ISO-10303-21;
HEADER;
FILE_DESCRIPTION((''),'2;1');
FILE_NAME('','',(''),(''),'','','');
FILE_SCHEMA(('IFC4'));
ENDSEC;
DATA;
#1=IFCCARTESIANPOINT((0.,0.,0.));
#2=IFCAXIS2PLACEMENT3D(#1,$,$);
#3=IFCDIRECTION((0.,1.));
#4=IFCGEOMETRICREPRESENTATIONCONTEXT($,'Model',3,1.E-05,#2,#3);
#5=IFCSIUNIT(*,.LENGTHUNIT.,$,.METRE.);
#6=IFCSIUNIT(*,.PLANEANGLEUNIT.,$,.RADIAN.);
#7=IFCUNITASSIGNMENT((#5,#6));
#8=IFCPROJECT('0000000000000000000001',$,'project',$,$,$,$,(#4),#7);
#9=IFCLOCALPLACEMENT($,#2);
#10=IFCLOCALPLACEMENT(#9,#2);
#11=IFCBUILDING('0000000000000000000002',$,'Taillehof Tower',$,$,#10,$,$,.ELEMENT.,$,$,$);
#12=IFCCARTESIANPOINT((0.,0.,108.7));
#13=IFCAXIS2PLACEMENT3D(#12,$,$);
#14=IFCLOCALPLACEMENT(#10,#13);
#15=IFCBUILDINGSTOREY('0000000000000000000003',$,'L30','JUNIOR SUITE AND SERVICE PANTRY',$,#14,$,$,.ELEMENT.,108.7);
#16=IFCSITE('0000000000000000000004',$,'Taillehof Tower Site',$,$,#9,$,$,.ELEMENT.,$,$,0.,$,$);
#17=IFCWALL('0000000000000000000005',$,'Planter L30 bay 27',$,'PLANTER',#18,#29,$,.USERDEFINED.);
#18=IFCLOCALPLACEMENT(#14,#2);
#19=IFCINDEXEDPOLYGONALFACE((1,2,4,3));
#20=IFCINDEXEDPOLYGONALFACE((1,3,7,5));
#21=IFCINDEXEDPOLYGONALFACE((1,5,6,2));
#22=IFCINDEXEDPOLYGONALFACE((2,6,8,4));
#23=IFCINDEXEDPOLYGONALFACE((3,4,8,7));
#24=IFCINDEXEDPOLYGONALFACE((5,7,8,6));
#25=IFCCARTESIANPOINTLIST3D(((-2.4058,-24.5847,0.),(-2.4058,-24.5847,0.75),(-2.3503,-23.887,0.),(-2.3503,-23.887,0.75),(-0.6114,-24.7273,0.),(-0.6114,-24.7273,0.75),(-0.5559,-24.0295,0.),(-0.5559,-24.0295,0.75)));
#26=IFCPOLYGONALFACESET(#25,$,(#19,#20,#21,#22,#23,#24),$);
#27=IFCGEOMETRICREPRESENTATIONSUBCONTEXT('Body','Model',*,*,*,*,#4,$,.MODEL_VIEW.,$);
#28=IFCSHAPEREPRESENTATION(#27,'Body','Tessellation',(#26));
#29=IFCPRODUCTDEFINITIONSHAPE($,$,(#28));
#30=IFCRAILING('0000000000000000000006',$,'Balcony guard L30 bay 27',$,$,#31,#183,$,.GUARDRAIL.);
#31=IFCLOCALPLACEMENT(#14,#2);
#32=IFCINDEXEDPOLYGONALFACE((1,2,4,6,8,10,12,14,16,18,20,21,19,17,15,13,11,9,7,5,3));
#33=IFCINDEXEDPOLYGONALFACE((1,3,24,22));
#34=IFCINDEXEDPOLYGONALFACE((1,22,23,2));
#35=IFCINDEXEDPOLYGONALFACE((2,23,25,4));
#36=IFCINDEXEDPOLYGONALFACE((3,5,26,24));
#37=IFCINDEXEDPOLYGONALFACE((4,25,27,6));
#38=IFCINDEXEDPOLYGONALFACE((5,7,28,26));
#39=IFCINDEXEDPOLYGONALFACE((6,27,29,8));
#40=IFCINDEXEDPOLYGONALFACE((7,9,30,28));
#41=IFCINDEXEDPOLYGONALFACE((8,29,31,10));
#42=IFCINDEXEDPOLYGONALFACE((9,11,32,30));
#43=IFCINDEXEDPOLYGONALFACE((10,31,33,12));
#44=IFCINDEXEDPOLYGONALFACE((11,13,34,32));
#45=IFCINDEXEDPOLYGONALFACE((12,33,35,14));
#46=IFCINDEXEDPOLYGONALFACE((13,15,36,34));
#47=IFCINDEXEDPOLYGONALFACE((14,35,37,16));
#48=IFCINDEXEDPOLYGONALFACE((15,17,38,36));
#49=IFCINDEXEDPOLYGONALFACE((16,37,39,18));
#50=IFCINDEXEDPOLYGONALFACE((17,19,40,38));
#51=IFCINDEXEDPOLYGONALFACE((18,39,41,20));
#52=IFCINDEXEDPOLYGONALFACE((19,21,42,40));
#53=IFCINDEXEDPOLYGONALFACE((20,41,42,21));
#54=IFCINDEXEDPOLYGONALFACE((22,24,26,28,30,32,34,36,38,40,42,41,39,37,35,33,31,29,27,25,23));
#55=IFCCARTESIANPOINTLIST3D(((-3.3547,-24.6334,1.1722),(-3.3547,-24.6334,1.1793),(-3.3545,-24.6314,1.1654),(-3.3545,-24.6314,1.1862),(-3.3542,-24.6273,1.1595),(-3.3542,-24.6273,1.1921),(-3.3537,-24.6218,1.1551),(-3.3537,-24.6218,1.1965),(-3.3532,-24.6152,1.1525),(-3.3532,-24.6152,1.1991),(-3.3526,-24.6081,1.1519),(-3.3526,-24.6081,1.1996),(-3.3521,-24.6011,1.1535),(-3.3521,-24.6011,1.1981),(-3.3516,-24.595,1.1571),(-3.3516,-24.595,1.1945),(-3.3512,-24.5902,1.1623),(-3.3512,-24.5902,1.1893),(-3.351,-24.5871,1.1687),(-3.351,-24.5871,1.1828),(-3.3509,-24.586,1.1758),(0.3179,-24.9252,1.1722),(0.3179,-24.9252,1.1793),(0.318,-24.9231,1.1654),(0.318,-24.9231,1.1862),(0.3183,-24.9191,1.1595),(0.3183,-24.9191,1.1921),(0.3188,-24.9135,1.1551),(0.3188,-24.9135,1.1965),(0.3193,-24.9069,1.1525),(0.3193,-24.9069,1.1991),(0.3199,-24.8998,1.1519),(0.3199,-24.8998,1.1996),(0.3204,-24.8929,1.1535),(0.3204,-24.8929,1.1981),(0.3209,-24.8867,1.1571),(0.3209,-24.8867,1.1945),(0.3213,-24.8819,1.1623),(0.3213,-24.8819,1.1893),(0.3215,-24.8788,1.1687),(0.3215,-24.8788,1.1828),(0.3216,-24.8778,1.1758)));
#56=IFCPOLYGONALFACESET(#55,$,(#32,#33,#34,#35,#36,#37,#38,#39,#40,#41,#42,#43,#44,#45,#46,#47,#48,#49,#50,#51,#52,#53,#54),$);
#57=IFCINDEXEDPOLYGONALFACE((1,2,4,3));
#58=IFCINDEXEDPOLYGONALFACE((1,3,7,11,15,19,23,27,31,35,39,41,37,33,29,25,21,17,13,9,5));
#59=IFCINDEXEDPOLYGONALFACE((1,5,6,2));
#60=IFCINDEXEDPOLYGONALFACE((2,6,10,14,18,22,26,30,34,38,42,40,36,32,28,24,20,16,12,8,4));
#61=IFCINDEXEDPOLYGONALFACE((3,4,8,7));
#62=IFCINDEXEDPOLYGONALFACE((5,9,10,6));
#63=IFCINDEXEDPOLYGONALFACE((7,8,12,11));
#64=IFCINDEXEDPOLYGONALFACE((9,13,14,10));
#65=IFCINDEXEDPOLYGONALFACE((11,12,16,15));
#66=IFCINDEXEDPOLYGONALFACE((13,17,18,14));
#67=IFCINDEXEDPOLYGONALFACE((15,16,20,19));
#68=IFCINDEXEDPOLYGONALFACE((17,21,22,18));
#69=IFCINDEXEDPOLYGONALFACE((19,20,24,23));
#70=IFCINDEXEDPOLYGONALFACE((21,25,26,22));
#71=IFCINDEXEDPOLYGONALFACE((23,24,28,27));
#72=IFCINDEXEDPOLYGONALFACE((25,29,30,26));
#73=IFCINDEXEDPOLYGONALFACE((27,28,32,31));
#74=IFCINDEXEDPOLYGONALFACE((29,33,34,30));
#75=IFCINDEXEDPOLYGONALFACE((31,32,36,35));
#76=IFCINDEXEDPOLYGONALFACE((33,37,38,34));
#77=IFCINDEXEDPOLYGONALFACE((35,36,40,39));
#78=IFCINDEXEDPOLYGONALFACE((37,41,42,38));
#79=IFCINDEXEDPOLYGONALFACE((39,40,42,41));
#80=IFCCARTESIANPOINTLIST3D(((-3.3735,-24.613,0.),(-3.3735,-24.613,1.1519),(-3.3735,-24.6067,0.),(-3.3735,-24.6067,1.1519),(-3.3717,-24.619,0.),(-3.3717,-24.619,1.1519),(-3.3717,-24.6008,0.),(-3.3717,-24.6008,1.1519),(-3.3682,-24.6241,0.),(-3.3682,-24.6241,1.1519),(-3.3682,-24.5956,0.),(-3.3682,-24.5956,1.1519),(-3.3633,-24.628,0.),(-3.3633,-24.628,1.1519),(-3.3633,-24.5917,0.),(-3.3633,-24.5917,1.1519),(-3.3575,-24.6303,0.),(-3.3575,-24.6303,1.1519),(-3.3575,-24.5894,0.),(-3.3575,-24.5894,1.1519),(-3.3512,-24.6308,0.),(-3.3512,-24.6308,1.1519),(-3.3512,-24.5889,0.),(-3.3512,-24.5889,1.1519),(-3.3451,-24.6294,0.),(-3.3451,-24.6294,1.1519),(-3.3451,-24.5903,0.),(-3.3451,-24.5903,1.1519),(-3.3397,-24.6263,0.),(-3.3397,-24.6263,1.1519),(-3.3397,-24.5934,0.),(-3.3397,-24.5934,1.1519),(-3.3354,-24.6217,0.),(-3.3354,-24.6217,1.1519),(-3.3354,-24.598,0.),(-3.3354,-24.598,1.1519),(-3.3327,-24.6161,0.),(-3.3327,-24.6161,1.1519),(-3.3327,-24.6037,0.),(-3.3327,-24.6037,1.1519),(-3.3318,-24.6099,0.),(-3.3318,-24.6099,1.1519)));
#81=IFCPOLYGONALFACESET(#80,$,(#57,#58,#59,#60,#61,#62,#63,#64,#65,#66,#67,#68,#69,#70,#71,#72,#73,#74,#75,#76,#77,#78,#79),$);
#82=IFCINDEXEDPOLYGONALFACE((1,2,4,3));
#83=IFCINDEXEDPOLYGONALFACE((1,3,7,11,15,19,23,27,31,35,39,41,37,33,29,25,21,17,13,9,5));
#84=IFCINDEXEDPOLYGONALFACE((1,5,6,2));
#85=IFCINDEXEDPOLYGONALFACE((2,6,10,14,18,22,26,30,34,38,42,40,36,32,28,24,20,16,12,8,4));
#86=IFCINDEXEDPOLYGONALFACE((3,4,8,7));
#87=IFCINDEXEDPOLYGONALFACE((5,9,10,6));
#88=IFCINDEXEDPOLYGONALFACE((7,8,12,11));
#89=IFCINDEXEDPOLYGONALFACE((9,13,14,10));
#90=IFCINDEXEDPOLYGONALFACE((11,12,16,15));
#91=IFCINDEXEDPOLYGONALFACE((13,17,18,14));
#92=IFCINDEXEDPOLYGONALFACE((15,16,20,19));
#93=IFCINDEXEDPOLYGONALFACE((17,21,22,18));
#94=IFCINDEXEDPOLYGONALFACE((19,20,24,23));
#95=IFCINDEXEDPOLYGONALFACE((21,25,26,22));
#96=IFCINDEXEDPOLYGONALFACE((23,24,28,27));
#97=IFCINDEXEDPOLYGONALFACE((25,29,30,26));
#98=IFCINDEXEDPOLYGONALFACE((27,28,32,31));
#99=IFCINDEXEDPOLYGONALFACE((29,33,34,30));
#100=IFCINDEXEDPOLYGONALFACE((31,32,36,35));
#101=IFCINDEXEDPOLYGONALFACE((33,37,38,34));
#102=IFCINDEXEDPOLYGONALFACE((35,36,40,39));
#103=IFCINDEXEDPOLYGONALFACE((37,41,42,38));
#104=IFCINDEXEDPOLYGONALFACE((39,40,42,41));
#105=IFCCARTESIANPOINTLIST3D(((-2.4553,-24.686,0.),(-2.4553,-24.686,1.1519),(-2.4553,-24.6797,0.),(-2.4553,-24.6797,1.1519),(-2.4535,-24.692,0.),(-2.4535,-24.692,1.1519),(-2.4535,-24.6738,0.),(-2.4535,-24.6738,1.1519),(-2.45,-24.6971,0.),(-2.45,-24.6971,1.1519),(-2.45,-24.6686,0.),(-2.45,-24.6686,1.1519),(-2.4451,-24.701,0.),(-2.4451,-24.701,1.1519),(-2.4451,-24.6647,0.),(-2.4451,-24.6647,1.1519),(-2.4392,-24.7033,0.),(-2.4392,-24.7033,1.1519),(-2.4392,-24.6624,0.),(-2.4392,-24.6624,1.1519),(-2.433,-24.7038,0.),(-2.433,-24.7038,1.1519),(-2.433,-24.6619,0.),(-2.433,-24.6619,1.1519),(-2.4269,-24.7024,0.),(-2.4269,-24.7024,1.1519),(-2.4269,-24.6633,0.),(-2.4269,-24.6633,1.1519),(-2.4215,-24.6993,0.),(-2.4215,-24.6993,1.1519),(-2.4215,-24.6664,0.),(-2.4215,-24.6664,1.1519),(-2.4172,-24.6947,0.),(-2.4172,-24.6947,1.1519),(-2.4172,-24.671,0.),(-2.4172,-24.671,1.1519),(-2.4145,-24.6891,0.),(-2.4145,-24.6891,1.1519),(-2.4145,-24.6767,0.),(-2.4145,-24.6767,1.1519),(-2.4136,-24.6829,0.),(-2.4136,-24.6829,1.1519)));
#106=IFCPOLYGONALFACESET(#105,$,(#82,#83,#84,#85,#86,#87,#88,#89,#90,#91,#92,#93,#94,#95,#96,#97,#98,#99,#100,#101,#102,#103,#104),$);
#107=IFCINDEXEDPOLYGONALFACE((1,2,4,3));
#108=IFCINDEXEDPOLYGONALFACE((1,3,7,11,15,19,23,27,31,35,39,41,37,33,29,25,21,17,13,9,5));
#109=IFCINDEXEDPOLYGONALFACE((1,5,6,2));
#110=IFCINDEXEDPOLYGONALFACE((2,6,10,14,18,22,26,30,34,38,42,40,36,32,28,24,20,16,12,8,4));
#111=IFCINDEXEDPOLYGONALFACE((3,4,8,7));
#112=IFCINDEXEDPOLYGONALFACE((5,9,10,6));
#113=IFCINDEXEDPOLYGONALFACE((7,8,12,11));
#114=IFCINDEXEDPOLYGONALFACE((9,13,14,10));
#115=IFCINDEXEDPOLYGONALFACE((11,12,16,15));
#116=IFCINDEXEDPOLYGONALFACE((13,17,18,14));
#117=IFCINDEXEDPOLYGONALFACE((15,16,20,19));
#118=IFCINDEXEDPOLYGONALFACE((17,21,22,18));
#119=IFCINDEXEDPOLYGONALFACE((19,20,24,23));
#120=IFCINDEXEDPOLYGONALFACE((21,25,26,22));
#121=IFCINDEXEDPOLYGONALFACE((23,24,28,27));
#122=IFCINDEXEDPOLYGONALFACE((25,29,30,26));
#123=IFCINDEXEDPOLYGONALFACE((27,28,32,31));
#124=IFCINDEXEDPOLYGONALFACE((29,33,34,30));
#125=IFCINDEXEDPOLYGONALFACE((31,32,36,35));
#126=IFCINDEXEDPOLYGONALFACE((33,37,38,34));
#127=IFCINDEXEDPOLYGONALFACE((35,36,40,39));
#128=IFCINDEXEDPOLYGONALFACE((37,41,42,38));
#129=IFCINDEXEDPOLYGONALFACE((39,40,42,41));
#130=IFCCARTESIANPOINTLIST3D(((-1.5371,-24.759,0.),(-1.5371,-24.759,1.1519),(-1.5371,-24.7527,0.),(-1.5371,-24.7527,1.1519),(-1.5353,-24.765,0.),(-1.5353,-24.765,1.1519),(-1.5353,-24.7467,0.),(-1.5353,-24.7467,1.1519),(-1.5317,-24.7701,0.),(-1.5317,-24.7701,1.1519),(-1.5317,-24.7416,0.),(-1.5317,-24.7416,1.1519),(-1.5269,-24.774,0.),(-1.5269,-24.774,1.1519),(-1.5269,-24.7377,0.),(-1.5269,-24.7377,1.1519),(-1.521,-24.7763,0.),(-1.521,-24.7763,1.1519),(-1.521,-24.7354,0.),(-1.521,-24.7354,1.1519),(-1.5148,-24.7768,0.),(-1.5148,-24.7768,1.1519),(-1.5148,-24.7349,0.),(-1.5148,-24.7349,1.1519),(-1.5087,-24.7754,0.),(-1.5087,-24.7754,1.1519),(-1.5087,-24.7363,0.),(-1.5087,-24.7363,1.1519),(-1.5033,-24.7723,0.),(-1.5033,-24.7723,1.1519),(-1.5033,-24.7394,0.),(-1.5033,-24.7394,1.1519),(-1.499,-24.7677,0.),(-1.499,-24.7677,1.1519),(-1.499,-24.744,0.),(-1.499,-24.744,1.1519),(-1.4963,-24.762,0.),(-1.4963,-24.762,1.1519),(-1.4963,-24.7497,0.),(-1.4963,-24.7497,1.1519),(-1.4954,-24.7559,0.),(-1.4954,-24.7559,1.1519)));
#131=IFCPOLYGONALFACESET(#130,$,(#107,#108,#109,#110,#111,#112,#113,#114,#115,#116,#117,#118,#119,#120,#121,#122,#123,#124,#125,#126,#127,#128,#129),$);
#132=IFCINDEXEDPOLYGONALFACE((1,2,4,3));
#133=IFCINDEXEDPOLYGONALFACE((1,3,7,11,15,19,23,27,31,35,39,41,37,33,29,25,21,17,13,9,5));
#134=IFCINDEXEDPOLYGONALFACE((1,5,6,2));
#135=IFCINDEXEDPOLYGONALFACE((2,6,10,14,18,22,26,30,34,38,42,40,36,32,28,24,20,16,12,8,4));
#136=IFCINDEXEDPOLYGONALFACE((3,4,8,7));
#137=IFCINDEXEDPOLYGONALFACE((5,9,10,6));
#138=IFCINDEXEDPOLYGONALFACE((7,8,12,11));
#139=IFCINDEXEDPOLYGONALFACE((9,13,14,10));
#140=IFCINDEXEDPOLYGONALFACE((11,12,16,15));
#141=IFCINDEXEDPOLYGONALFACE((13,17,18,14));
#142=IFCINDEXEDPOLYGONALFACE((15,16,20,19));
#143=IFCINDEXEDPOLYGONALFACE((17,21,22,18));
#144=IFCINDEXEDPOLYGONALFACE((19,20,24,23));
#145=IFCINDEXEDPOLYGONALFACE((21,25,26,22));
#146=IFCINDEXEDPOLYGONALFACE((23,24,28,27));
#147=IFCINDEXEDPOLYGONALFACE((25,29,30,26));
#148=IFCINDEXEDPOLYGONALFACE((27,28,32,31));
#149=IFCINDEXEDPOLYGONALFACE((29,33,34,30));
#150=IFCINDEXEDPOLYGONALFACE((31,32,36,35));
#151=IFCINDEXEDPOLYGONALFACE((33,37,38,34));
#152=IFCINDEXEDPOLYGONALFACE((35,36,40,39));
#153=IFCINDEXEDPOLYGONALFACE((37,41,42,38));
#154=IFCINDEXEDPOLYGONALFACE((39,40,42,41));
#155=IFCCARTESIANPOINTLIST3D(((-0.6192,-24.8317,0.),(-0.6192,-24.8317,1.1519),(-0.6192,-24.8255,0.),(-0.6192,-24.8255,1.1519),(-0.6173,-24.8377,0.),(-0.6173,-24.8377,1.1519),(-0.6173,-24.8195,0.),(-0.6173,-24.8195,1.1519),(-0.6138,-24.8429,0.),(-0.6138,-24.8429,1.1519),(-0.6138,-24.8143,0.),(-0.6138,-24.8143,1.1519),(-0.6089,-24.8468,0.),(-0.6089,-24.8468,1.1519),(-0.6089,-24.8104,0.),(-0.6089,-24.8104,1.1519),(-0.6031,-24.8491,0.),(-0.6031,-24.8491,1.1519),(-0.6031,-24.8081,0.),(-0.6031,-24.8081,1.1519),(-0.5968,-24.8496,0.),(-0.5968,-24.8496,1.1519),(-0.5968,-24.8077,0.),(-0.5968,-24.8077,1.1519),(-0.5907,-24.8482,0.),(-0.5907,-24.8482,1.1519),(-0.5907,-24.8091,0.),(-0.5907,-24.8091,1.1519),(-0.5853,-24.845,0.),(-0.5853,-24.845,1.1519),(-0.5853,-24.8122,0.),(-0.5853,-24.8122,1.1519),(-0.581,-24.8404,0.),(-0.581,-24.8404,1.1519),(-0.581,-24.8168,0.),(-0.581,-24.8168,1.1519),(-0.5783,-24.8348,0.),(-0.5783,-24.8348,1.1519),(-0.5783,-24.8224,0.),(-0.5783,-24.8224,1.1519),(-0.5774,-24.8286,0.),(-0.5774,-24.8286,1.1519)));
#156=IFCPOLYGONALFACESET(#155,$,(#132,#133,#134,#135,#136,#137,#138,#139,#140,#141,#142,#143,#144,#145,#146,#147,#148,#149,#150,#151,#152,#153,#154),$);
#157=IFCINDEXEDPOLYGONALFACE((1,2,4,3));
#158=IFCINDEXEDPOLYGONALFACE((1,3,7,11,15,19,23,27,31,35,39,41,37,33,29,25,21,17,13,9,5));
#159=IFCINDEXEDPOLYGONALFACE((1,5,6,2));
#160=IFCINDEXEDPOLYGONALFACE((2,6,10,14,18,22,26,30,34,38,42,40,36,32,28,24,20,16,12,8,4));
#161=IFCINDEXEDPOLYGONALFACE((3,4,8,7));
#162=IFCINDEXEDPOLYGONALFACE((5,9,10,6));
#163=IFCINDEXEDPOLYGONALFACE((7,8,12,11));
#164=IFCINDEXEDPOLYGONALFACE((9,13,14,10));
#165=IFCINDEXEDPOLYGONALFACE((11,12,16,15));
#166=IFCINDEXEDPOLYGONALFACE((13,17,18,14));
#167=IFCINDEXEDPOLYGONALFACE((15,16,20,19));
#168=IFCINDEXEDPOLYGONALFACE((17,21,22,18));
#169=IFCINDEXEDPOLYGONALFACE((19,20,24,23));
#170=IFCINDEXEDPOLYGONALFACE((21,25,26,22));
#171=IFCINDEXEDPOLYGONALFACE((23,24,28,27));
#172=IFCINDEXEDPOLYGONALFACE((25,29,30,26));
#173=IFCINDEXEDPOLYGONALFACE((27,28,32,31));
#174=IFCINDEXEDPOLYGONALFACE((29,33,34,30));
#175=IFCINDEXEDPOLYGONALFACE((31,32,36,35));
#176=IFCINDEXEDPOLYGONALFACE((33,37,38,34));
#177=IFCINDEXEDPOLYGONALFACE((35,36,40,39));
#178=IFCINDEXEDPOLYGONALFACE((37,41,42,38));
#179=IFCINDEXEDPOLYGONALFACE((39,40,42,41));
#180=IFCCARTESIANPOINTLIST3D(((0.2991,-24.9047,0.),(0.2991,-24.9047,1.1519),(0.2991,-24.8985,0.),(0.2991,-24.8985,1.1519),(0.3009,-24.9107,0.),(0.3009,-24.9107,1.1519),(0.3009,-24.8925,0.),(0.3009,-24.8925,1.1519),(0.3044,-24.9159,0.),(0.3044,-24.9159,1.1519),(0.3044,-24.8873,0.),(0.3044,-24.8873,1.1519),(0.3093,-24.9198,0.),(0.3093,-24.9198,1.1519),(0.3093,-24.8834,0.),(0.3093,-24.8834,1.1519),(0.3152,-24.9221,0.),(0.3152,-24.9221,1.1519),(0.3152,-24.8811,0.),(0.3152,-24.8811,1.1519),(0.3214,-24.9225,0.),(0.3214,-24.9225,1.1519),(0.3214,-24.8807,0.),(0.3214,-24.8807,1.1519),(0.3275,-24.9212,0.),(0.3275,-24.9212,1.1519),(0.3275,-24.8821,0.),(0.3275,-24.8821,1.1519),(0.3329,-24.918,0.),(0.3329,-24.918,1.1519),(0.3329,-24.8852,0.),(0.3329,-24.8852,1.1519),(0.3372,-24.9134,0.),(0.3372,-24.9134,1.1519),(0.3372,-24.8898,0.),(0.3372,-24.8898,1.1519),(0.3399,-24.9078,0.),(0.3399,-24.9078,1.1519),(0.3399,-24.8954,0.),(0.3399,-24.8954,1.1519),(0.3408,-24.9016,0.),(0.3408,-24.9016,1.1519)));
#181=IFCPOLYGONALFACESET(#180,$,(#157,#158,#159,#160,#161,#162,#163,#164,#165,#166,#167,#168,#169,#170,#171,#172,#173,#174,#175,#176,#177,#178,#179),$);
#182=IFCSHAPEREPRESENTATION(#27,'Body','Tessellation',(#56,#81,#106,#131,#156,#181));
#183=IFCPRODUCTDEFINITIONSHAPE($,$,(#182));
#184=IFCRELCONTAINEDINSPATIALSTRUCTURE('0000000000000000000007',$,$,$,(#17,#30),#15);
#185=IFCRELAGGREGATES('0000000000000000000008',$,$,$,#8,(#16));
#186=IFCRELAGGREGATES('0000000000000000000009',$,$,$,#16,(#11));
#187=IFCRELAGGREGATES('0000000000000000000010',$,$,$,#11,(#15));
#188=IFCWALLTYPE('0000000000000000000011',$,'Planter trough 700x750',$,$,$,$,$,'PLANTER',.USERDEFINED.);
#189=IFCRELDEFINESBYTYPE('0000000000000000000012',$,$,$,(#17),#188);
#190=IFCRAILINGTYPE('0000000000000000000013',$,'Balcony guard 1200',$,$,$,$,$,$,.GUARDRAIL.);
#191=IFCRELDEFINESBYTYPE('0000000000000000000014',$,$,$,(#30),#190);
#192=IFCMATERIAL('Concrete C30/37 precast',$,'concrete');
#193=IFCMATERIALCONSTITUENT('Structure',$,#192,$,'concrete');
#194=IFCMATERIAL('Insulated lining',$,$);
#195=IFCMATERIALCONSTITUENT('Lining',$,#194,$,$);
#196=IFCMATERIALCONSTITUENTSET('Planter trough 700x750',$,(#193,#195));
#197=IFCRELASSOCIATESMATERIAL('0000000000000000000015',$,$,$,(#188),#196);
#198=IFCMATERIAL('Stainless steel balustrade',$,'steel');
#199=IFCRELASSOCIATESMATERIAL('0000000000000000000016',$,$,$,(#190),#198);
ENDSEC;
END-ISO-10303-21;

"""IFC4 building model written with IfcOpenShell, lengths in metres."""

from ifc_helpers import new_model, si_unit, direction, frame, frame_2d, origin, origin_2d, place, context, subcontext, project, spatial, rectangle, circle, extrude, material, constituent, constituent_set, type_object, element, save


model = new_model("IFC4")

# Units and contexts
model_context = context("Model", 3, precision=1e-05, world=origin(), true_north=direction((0.0, 1.0)))
body_context = subcontext(model_context, "Body", "Model", "MODEL_VIEW")
ifc_project = project(units=[si_unit("LENGTHUNIT", "METRE"), si_unit("PLANEANGLEUNIT", "RADIAN")], contexts=[model_context])

# Site, building, storey
site_placement = place(None, origin())
site = spatial("IfcSite", under=ifc_project, at=site_placement, Name="Taillehof Tower Site", CompositionType="ELEMENT", RefElevation=0.0)
building_placement = place(site_placement, origin())
building = spatial("IfcBuilding", under=site, at=building_placement, Name="Taillehof Tower", CompositionType="ELEMENT")
storey_placement = place(building_placement, frame((0.0, 0.0, 108.7)))
storey = spatial("IfcBuildingStorey", under=building, at=storey_placement, Name="L30", Description="JUNIOR SUITE AND SERVICE PANTRY", CompositionType="ELEMENT", Elevation=108.7)

# Wall
ifc_material_1 = material(Name="Concrete C30/37 precast", Category="concrete")
ifc_constituent_1 = constituent(ifc_material_1, Name="Structure", Category="concrete")
ifc_material_2 = material(Name="Insulated lining")
ifc_constituent_2 = constituent(ifc_material_2, Name="Lining")
ifc_constituent_set = constituent_set(constituents=[ifc_constituent_1, ifc_constituent_2], Name="Planter trough 700x750")
wall_type_1 = type_object("IfcWallType", Name="Planter trough 700x750", ElementType="PLANTER", PredefinedType="USERDEFINED", material=ifc_constituent_set)
wall_1_placement = place(storey_placement, frame((-2.3779, -24.2358, 0.0), z_axis=(0.0, 0.0, 1.0), x_axis=(0.996858, -0.079206, 0.0)))
element("IfcWall", 1, at=wall_1_placement, inside=storey, type_object=wall_type_1, Name="Planter L30 bay 27", ObjectType="PLANTER", PredefinedType="USERDEFINED", context=body_context, shape_type="SweptSolid", body=[
    extrude(rectangle(XDim=1.8, YDim=0.7, at=frame_2d((0.8999, 0.0))), origin(), (0.0, 0.0, 1.0), 0.75),
])

# Railing
ifc_material_3 = material(Name="Stainless steel balustrade", Category="steel")
railing_type = type_object("IfcRailingType", Name="Balcony guard 1200", PredefinedType="GUARDRAIL", material=ifc_material_3)
railing_placement = place(storey_placement, frame((-3.3528, -24.6099, 0.0)))
element("IfcRailing", 2, at=railing_placement, inside=storey, type_object=railing_type, Name="Balcony guard L30 bay 27", PredefinedType="GUARDRAIL", context=body_context, shape_type="SweptSolid", body=[
    extrude(circle(Radius=0.0239, at=origin_2d()), frame((0.0, 0.0, 1.1758), z_axis=(0.99686, -0.079189, 0.0), x_axis=(0.079189, 0.99686, 0.0)), (0.0, 0.0, 1.0), 3.6841),
    extrude(circle(Radius=0.021, at=origin_2d()), origin(), (0.0, 0.0, 1.0), 1.1519),
    extrude(circle(Radius=0.021, at=origin_2d()), frame((0.9182, -0.073, 0.0)), (0.0, 0.0, 1.0), 1.1519),
    extrude(circle(Radius=0.021, at=origin_2d()), frame((1.8364, -0.146, 0.0)), (0.0, 0.0, 1.0), 1.1519),
    extrude(circle(Radius=0.021, at=origin_2d()), frame((2.7544, -0.2188, 0.0)), (0.0, 0.0, 1.0), 1.1519),
    extrude(circle(Radius=0.021, at=origin_2d()), frame((3.6726, -0.2917, 0.0)), (0.0, 0.0, 1.0), 1.1519),
])

save(model, "model.ifc")
